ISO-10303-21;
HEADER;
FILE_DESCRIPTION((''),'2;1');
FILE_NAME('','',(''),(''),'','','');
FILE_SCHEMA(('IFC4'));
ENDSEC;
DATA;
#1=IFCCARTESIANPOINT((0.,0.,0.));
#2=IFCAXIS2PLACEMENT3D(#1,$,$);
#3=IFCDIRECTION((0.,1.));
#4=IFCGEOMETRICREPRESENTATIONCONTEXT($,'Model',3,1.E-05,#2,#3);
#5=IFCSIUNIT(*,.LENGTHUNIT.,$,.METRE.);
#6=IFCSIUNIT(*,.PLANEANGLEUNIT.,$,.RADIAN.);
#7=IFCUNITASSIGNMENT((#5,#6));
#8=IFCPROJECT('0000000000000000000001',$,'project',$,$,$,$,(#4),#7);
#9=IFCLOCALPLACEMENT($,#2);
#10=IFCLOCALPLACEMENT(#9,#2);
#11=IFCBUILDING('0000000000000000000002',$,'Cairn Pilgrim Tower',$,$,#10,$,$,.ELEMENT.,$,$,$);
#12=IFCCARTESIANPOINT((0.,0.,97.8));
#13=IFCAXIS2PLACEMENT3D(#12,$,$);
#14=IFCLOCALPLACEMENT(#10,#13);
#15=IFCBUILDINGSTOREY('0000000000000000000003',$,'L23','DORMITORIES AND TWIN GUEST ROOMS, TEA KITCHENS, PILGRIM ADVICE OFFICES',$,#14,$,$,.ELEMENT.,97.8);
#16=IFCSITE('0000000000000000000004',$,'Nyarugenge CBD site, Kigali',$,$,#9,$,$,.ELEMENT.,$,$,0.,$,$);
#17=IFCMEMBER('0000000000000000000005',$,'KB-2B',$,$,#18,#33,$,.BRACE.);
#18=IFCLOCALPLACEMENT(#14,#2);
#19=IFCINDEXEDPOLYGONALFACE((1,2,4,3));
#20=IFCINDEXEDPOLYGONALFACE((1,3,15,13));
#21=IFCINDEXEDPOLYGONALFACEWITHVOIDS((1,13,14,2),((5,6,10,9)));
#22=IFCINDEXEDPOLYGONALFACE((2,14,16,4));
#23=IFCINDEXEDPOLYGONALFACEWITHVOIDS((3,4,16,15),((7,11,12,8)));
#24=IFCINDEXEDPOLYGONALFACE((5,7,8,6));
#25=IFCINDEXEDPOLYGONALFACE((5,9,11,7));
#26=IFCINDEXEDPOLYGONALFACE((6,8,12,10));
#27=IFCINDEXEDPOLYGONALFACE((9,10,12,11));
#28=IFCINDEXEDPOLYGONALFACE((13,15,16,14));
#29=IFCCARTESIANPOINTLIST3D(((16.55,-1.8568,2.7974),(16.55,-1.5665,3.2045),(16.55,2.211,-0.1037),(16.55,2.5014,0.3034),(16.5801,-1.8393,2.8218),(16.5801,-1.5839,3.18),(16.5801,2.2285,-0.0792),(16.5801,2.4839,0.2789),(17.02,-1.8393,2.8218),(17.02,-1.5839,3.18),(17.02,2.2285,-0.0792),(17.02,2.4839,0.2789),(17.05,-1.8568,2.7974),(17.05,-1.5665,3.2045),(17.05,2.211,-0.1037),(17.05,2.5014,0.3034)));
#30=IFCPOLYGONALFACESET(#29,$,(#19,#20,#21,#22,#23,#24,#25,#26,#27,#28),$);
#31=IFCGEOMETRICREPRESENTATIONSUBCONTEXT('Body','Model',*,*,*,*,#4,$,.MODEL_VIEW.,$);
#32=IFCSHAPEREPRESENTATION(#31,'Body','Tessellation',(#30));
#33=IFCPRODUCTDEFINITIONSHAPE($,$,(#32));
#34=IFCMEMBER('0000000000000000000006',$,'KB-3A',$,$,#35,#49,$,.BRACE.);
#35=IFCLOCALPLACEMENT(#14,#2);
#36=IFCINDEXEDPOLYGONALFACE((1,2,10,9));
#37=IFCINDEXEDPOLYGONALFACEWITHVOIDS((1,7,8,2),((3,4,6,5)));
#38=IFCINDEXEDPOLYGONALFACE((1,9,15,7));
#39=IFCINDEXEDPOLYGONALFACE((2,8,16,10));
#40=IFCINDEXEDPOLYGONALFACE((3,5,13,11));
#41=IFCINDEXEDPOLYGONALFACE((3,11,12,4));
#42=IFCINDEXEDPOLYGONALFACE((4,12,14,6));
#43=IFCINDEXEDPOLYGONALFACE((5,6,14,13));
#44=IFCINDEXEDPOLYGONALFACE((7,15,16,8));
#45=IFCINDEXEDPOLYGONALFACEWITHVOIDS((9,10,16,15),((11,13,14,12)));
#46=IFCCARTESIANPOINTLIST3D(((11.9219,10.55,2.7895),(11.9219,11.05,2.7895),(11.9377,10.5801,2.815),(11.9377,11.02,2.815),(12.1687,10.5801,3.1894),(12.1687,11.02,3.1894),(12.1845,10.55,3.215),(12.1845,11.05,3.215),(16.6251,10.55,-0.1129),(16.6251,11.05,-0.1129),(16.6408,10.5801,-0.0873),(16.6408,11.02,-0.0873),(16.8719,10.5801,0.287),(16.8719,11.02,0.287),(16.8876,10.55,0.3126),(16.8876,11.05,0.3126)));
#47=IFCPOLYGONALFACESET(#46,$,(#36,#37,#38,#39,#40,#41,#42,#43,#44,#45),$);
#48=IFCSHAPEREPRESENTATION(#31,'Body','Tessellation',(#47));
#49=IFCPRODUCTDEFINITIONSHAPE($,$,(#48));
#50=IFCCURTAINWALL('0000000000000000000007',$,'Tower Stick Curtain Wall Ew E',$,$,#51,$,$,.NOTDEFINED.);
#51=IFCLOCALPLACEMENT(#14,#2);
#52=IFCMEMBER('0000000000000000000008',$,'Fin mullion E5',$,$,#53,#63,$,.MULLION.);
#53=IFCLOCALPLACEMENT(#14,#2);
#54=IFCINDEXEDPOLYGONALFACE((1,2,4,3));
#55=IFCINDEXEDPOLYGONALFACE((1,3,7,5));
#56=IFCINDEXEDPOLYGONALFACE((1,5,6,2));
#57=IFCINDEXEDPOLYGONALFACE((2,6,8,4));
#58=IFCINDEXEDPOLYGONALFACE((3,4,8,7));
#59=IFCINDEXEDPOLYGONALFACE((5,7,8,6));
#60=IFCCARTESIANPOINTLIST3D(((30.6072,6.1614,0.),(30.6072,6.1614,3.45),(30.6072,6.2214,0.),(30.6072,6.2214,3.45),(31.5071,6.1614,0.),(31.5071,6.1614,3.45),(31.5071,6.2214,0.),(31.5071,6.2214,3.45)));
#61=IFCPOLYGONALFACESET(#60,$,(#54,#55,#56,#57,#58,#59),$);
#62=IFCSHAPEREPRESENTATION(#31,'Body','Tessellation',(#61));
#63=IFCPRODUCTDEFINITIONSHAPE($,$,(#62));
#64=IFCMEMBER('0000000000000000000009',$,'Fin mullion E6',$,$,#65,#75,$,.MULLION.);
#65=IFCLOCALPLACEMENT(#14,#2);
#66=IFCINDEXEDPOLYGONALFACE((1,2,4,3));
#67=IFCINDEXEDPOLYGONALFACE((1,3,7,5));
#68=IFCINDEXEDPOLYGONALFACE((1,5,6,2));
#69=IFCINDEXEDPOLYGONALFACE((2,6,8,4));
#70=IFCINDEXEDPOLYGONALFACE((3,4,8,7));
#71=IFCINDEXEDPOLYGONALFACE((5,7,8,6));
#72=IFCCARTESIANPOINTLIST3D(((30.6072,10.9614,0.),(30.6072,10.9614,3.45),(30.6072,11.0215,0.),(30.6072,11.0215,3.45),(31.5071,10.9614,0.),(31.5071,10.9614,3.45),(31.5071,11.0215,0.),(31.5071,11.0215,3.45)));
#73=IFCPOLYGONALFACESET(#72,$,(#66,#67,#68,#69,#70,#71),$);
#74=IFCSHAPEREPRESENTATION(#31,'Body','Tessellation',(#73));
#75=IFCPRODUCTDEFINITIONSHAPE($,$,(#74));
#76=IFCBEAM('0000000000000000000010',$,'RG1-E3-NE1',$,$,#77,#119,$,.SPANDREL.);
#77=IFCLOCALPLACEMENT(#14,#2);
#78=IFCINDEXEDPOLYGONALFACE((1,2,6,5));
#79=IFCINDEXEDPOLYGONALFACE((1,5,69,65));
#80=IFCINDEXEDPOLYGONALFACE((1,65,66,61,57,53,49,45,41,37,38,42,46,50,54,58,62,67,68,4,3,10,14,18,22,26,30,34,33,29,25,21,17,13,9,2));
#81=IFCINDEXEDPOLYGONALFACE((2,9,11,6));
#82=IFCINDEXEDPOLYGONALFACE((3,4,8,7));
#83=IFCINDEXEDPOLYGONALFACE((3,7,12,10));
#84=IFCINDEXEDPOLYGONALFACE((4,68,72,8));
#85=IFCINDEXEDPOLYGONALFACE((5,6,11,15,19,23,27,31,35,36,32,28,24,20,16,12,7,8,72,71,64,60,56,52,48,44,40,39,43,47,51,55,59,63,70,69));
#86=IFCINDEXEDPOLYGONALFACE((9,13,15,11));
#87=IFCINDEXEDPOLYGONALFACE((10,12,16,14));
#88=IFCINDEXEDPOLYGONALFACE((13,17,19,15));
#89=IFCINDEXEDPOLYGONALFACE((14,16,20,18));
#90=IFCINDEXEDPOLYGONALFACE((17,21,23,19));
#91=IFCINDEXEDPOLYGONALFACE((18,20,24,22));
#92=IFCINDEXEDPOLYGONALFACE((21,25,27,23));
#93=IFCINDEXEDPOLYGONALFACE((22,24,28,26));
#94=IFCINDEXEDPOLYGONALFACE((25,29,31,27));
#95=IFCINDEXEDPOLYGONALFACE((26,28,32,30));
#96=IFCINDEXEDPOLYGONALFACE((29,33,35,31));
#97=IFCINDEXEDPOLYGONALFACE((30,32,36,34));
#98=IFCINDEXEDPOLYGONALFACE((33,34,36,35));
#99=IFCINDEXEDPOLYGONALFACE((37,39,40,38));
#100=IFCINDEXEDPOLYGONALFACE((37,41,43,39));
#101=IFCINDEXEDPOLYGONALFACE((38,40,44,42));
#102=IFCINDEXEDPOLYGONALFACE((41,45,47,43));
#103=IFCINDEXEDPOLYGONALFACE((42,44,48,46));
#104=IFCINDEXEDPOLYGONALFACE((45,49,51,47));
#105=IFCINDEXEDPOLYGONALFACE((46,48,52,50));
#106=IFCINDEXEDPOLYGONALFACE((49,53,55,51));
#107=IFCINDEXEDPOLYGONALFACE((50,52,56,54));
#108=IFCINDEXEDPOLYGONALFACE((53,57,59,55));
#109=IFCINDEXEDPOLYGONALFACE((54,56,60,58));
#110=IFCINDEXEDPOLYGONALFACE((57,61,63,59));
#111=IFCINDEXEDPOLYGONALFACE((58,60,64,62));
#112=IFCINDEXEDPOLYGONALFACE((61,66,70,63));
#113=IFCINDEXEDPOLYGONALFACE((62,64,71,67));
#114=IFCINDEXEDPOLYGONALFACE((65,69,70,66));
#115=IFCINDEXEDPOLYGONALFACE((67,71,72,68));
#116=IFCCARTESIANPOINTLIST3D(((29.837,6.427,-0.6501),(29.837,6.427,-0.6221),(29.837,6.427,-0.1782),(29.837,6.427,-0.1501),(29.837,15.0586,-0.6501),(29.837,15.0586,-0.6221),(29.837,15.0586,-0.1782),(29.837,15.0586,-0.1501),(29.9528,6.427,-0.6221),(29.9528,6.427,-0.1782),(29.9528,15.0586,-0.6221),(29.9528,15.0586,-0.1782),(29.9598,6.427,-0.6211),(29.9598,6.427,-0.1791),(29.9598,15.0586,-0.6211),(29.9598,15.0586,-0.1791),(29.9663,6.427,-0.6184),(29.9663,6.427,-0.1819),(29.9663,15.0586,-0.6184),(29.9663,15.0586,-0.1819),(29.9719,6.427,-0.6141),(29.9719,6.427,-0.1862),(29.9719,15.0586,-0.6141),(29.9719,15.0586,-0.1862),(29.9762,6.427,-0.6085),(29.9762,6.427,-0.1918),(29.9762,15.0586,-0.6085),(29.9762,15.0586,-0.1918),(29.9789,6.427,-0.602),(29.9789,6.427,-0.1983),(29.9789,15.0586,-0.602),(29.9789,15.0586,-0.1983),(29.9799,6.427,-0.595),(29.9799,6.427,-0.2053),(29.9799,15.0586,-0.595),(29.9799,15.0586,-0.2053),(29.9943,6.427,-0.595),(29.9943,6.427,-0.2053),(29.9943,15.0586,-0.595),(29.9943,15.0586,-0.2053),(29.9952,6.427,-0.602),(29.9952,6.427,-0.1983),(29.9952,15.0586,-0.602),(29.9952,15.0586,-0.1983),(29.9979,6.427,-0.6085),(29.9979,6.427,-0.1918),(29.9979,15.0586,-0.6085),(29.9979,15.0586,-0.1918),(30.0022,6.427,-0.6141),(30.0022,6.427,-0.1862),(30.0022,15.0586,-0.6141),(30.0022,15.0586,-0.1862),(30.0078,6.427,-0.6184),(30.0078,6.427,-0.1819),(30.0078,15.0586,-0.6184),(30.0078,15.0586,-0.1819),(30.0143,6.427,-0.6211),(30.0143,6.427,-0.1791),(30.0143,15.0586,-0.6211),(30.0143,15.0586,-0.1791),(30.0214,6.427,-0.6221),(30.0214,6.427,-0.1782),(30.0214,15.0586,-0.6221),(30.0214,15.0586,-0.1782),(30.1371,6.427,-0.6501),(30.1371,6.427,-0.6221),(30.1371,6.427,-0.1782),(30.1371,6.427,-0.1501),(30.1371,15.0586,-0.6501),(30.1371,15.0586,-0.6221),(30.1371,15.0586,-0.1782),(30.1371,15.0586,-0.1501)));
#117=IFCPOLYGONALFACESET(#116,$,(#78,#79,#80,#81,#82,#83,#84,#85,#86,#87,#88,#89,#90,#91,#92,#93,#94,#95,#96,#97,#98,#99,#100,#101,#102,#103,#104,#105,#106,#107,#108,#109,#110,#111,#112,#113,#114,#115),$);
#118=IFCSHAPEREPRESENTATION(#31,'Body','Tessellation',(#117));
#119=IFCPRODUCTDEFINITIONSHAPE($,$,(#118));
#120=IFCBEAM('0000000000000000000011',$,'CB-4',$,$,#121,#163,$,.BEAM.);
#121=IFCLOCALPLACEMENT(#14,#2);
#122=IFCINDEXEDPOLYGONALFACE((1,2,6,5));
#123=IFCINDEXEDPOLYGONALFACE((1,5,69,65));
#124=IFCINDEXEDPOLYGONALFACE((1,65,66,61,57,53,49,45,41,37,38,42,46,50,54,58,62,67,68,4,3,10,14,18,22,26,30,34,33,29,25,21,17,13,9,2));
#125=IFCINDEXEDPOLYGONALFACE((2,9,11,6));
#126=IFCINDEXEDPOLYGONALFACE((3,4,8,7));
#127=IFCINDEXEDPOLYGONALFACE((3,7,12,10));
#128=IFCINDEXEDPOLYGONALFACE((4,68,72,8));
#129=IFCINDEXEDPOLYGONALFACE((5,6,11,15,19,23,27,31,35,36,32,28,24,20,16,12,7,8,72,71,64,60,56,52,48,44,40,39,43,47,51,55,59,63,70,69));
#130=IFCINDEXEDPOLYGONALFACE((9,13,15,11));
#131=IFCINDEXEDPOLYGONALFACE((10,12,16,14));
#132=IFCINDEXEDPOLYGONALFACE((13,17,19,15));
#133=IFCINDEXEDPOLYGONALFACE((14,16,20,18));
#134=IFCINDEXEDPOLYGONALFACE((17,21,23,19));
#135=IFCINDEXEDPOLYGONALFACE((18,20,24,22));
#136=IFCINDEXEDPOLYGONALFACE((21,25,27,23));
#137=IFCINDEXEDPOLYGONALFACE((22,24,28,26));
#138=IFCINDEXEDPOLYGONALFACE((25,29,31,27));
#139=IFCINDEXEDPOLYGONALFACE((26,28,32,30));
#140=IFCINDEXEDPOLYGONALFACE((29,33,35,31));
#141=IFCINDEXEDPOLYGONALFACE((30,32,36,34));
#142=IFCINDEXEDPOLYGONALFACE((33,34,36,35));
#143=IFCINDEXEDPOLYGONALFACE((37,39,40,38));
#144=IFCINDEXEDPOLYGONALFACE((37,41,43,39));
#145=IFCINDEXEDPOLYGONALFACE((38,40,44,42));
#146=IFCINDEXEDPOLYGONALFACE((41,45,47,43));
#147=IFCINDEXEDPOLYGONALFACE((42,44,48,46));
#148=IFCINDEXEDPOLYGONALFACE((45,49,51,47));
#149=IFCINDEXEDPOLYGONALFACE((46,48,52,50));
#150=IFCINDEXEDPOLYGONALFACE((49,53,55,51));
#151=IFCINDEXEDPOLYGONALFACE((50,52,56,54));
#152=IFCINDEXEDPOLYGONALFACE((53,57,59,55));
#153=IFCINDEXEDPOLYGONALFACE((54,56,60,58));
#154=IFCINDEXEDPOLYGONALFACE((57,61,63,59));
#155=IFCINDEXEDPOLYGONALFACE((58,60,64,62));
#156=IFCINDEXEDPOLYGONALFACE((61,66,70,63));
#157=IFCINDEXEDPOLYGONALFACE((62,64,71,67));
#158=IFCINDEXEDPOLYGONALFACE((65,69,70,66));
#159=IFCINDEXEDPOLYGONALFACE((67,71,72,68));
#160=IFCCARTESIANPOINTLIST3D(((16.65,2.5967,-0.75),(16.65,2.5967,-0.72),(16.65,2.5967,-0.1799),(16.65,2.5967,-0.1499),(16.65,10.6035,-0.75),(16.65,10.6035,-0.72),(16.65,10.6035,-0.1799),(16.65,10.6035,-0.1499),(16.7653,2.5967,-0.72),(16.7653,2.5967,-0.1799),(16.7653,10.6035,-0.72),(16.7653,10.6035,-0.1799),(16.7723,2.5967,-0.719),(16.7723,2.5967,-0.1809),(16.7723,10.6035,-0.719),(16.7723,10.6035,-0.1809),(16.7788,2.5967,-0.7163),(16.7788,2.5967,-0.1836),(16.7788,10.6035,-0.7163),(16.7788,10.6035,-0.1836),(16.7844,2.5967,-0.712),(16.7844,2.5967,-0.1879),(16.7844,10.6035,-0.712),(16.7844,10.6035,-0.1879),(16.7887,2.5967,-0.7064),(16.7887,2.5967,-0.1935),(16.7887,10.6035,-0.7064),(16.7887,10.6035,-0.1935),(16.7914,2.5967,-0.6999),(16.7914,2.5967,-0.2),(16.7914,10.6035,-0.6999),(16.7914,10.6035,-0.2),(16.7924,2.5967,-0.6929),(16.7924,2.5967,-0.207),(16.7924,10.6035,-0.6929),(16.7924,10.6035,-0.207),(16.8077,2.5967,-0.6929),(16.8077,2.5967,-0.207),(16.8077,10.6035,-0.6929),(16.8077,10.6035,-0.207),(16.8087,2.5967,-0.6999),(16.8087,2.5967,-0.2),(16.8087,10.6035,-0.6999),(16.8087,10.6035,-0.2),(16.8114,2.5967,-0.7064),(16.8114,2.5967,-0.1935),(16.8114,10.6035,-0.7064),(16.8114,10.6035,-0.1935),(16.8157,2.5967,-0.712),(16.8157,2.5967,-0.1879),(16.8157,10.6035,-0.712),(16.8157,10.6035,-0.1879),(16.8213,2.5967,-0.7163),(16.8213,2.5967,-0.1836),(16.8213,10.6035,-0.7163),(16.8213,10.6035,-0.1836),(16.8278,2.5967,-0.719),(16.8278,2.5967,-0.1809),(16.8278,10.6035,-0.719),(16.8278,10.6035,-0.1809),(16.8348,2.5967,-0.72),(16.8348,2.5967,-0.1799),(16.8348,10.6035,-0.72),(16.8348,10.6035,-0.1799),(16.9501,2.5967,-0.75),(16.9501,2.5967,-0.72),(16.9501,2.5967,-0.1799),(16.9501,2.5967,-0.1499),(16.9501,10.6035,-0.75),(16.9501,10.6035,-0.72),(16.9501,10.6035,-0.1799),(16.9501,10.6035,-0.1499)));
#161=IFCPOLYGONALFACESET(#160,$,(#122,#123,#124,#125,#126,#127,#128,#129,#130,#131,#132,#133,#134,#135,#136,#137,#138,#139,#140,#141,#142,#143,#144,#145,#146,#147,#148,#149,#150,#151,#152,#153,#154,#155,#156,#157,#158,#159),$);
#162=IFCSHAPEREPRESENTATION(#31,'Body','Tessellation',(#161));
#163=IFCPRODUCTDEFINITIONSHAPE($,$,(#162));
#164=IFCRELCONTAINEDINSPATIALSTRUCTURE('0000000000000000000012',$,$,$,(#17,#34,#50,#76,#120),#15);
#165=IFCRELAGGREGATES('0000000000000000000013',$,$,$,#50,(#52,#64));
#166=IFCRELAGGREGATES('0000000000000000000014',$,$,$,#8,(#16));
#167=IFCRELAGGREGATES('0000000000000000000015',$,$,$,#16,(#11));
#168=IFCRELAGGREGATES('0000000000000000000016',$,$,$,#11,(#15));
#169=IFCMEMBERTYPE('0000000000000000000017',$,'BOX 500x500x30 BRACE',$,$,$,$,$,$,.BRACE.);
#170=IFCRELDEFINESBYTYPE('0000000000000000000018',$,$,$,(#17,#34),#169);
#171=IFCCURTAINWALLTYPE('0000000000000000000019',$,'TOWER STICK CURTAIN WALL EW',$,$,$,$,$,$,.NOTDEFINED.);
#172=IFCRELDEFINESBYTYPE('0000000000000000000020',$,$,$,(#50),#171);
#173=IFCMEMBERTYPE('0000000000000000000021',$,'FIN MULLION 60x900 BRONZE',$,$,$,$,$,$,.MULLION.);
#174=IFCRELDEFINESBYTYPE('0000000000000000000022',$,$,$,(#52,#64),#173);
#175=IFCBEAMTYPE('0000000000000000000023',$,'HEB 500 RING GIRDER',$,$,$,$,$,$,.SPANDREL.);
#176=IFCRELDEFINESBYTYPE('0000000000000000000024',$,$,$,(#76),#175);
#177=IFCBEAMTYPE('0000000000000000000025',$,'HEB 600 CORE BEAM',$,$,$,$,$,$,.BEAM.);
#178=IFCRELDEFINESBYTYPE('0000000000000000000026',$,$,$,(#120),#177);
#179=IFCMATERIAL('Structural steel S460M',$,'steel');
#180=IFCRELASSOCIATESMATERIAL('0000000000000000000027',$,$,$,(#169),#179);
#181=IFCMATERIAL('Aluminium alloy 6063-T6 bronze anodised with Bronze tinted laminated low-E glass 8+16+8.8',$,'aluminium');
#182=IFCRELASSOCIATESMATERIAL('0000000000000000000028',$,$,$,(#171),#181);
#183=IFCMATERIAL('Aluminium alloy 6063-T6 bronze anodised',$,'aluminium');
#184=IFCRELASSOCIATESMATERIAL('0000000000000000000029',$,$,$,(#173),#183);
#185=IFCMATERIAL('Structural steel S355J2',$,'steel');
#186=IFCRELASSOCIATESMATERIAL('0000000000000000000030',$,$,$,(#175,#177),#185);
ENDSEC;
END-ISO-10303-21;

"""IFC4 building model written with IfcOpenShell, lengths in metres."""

from ifc_helpers import new_model, si_unit, direction, frame, origin, origin_2d, place, context, subcontext, project, spatial, rectangle, hollow_rectangle, i_section, extrude, material, material_profile, profile_set, type_object, element, aggregate, save


model = new_model("IFC4")

# Units and contexts
model_context = context("Model", 3, precision=1e-05, world=origin(), true_north=direction((0.0, 1.0)))
body_context = subcontext(model_context, "Body", "Model", "MODEL_VIEW")
ifc_project = project(units=[si_unit("LENGTHUNIT", "METRE"), si_unit("PLANEANGLEUNIT", "RADIAN")], contexts=[model_context])

# Site, building, storey
site_placement = place(None, origin())
site = spatial("IfcSite", under=ifc_project, at=site_placement, Name="Nyarugenge CBD site, Kigali", CompositionType="ELEMENT", RefElevation=0.0)
building_placement = place(site_placement, origin())
building = spatial("IfcBuilding", under=site, at=building_placement, Name="Cairn Pilgrim Tower", CompositionType="ELEMENT")
storey_placement = place(building_placement, frame((0.0, 0.0, 97.8)))
storey = spatial("IfcBuildingStorey", under=building, at=storey_placement, Name="L23", Description="DORMITORIES AND TWIN GUEST ROOMS, TEA KITCHENS, PILGRIM ADVICE OFFICES", CompositionType="ELEMENT", Elevation=97.8)

# Shared definitions
ifc_material_1 = material(Name="Structural steel S460M", Category="steel")

# Members
ifc_material_profile_1 = material_profile(ifc_material_1, hollow_rectangle(XDim=0.5, YDim=0.5, WallThickness=0.03, at=origin_2d()), Name="BOX 500x500x30")
ifc_profile_set_1 = profile_set([ifc_material_profile_1], Name="Structural steel S460M")
member_type_1 = type_object("IfcMemberType", Name="BOX 500x500x30 BRACE", PredefinedType="BRACE", material=ifc_profile_set_1)
member_1_placement = place(storey_placement, frame((16.8, 2.3562, 0.0999), z_axis=(0.0, -0.814159, 0.580642), x_axis=(1.0, 0.0, 0.0)))
element("IfcMember", 1, at=member_1_placement, inside=storey, type_object=member_type_1, Name="KB-2B", PredefinedType="BRACE", context=body_context, shape_type="SweptSolid", body=[
    extrude(hollow_rectangle(XDim=0.5, YDim=0.5, WallThickness=0.03, at=origin_2d()), origin(), (0.0, 0.0, 1.0), 4.9963),
])
member_2_placement = place(storey_placement, frame((16.7563, 10.8, 0.0999), z_axis=(-0.851002, 0.0, 0.525162), x_axis=(0.0, -1.0, 0.0)))
element("IfcMember", 2, at=member_2_placement, inside=storey, type_object=member_type_1, Name="KB-3A", PredefinedType="BRACE", context=body_context, shape_type="SweptSolid", body=[
    extrude(hollow_rectangle(XDim=0.5, YDim=0.5, WallThickness=0.03, at=origin_2d()), origin(), (0.0, 0.0, 1.0), 5.5266),
])

# Curtain wall, members
ifc_material_2 = material(Name="Aluminium alloy 6063-T6 bronze anodised with Bronze tinted laminated low-E glass 8+16+8.8", Category="aluminium")
curtain_wall_type = type_object("IfcCurtainWallType", Name="TOWER STICK CURTAIN WALL EW", PredefinedType="NOTDEFINED", material=ifc_material_2)
curtain_wall_placement = place(storey_placement, origin())
curtain_wall = element("IfcCurtainWall", 3, at=curtain_wall_placement, inside=storey, type_object=curtain_wall_type, Name="Tower Stick Curtain Wall Ew E", PredefinedType="NOTDEFINED")
ifc_material_3 = material(Name="Aluminium alloy 6063-T6 bronze anodised", Category="aluminium")
ifc_material_profile_2 = material_profile(ifc_material_3, rectangle(XDim=0.8999, YDim=0.0601, at=origin_2d()), Name="FIN MULLION 60x900 BRONZE")
ifc_profile_set_2 = profile_set([ifc_material_profile_2], Name="Aluminium alloy 6063-T6 bronze anodised")
member_type_2 = type_object("IfcMemberType", Name="FIN MULLION 60x900 BRONZE", PredefinedType="MULLION", material=ifc_profile_set_2)
member_3_placement = place(storey_placement, frame((31.0571, 6.1914, 0.0), z_axis=(0.0, 0.0, 1.0), x_axis=(1.0, 0.0, 0.0)))
member_3 = element("IfcMember", 4, at=member_3_placement, type_object=member_type_2, Name="Fin mullion E5", PredefinedType="MULLION", context=body_context, shape_type="SweptSolid", body=[
    extrude(rectangle(XDim=0.8999, YDim=0.0601, at=origin_2d()), origin(), (0.0, 0.0, 1.0), 3.45),
])
member_4_placement = place(storey_placement, frame((31.0571, 10.9915, 0.0), z_axis=(0.0, 0.0, 1.0), x_axis=(1.0, 0.0, 0.0)))
member_4 = element("IfcMember", 5, at=member_4_placement, type_object=member_type_2, Name="Fin mullion E6", PredefinedType="MULLION", context=body_context, shape_type="SweptSolid", body=[
    extrude(rectangle(XDim=0.8999, YDim=0.0601, at=origin_2d()), origin(), (0.0, 0.0, 1.0), 3.45),
])

# Beams
ifc_material_4 = material(Name="Structural steel S355J2", Category="steel")
ifc_material_profile_3 = material_profile(ifc_material_4, i_section(OverallWidth=0.3, OverallDepth=0.5, WebThickness=0.0144, FlangeThickness=0.0281, FilletRadius=0.0271, at=origin_2d()), Name="HEB 500")
ifc_profile_set_3 = profile_set([ifc_material_profile_3], Name="Structural steel S355J2")
beam_type_1 = type_object("IfcBeamType", Name="HEB 500 RING GIRDER", PredefinedType="SPANDREL", material=ifc_profile_set_3)
beam_1_placement = place(storey_placement, frame((29.9871, 6.427, -0.4001), z_axis=(0.0, 1.0, 0.0), x_axis=(-1.0, 0.0, 0.0)))
element("IfcBeam", 6, at=beam_1_placement, inside=storey, type_object=beam_type_1, Name="RG1-E3-NE1", PredefinedType="SPANDREL", context=body_context, shape_type="SweptSolid", body=[
    extrude(i_section(OverallWidth=0.3, OverallDepth=0.5, WebThickness=0.0144, FlangeThickness=0.0281, FilletRadius=0.0271, at=origin_2d()), origin(), (0.0, 0.0, 1.0), 8.6316),
])
ifc_material_profile_4 = material_profile(ifc_material_4, i_section(OverallWidth=0.3, OverallDepth=0.6001, WebThickness=0.0154, FlangeThickness=0.03, FilletRadius=0.0271, at=origin_2d()), Name="HEB 600")
ifc_profile_set_4 = profile_set([ifc_material_profile_4], Name="Structural steel S355J2")
beam_type_2 = type_object("IfcBeamType", Name="HEB 600 CORE BEAM", PredefinedType="BEAM", material=ifc_profile_set_4)
beam_2_placement = place(storey_placement, frame((16.8, 2.5967, -0.45), z_axis=(0.0, 1.0, 0.0), x_axis=(-1.0, 0.0, 0.0)))
element("IfcBeam", 7, at=beam_2_placement, inside=storey, type_object=beam_type_2, Name="CB-4", PredefinedType="BEAM", context=body_context, shape_type="SweptSolid", body=[
    extrude(i_section(OverallWidth=0.3, OverallDepth=0.6001, WebThickness=0.0154, FlangeThickness=0.03, FilletRadius=0.0271, at=origin_2d()), origin(), (0.0, 0.0, 1.0), 8.0068),
])

aggregate(curtain_wall, [member_3, member_4])

save(model, "model.ifc")
